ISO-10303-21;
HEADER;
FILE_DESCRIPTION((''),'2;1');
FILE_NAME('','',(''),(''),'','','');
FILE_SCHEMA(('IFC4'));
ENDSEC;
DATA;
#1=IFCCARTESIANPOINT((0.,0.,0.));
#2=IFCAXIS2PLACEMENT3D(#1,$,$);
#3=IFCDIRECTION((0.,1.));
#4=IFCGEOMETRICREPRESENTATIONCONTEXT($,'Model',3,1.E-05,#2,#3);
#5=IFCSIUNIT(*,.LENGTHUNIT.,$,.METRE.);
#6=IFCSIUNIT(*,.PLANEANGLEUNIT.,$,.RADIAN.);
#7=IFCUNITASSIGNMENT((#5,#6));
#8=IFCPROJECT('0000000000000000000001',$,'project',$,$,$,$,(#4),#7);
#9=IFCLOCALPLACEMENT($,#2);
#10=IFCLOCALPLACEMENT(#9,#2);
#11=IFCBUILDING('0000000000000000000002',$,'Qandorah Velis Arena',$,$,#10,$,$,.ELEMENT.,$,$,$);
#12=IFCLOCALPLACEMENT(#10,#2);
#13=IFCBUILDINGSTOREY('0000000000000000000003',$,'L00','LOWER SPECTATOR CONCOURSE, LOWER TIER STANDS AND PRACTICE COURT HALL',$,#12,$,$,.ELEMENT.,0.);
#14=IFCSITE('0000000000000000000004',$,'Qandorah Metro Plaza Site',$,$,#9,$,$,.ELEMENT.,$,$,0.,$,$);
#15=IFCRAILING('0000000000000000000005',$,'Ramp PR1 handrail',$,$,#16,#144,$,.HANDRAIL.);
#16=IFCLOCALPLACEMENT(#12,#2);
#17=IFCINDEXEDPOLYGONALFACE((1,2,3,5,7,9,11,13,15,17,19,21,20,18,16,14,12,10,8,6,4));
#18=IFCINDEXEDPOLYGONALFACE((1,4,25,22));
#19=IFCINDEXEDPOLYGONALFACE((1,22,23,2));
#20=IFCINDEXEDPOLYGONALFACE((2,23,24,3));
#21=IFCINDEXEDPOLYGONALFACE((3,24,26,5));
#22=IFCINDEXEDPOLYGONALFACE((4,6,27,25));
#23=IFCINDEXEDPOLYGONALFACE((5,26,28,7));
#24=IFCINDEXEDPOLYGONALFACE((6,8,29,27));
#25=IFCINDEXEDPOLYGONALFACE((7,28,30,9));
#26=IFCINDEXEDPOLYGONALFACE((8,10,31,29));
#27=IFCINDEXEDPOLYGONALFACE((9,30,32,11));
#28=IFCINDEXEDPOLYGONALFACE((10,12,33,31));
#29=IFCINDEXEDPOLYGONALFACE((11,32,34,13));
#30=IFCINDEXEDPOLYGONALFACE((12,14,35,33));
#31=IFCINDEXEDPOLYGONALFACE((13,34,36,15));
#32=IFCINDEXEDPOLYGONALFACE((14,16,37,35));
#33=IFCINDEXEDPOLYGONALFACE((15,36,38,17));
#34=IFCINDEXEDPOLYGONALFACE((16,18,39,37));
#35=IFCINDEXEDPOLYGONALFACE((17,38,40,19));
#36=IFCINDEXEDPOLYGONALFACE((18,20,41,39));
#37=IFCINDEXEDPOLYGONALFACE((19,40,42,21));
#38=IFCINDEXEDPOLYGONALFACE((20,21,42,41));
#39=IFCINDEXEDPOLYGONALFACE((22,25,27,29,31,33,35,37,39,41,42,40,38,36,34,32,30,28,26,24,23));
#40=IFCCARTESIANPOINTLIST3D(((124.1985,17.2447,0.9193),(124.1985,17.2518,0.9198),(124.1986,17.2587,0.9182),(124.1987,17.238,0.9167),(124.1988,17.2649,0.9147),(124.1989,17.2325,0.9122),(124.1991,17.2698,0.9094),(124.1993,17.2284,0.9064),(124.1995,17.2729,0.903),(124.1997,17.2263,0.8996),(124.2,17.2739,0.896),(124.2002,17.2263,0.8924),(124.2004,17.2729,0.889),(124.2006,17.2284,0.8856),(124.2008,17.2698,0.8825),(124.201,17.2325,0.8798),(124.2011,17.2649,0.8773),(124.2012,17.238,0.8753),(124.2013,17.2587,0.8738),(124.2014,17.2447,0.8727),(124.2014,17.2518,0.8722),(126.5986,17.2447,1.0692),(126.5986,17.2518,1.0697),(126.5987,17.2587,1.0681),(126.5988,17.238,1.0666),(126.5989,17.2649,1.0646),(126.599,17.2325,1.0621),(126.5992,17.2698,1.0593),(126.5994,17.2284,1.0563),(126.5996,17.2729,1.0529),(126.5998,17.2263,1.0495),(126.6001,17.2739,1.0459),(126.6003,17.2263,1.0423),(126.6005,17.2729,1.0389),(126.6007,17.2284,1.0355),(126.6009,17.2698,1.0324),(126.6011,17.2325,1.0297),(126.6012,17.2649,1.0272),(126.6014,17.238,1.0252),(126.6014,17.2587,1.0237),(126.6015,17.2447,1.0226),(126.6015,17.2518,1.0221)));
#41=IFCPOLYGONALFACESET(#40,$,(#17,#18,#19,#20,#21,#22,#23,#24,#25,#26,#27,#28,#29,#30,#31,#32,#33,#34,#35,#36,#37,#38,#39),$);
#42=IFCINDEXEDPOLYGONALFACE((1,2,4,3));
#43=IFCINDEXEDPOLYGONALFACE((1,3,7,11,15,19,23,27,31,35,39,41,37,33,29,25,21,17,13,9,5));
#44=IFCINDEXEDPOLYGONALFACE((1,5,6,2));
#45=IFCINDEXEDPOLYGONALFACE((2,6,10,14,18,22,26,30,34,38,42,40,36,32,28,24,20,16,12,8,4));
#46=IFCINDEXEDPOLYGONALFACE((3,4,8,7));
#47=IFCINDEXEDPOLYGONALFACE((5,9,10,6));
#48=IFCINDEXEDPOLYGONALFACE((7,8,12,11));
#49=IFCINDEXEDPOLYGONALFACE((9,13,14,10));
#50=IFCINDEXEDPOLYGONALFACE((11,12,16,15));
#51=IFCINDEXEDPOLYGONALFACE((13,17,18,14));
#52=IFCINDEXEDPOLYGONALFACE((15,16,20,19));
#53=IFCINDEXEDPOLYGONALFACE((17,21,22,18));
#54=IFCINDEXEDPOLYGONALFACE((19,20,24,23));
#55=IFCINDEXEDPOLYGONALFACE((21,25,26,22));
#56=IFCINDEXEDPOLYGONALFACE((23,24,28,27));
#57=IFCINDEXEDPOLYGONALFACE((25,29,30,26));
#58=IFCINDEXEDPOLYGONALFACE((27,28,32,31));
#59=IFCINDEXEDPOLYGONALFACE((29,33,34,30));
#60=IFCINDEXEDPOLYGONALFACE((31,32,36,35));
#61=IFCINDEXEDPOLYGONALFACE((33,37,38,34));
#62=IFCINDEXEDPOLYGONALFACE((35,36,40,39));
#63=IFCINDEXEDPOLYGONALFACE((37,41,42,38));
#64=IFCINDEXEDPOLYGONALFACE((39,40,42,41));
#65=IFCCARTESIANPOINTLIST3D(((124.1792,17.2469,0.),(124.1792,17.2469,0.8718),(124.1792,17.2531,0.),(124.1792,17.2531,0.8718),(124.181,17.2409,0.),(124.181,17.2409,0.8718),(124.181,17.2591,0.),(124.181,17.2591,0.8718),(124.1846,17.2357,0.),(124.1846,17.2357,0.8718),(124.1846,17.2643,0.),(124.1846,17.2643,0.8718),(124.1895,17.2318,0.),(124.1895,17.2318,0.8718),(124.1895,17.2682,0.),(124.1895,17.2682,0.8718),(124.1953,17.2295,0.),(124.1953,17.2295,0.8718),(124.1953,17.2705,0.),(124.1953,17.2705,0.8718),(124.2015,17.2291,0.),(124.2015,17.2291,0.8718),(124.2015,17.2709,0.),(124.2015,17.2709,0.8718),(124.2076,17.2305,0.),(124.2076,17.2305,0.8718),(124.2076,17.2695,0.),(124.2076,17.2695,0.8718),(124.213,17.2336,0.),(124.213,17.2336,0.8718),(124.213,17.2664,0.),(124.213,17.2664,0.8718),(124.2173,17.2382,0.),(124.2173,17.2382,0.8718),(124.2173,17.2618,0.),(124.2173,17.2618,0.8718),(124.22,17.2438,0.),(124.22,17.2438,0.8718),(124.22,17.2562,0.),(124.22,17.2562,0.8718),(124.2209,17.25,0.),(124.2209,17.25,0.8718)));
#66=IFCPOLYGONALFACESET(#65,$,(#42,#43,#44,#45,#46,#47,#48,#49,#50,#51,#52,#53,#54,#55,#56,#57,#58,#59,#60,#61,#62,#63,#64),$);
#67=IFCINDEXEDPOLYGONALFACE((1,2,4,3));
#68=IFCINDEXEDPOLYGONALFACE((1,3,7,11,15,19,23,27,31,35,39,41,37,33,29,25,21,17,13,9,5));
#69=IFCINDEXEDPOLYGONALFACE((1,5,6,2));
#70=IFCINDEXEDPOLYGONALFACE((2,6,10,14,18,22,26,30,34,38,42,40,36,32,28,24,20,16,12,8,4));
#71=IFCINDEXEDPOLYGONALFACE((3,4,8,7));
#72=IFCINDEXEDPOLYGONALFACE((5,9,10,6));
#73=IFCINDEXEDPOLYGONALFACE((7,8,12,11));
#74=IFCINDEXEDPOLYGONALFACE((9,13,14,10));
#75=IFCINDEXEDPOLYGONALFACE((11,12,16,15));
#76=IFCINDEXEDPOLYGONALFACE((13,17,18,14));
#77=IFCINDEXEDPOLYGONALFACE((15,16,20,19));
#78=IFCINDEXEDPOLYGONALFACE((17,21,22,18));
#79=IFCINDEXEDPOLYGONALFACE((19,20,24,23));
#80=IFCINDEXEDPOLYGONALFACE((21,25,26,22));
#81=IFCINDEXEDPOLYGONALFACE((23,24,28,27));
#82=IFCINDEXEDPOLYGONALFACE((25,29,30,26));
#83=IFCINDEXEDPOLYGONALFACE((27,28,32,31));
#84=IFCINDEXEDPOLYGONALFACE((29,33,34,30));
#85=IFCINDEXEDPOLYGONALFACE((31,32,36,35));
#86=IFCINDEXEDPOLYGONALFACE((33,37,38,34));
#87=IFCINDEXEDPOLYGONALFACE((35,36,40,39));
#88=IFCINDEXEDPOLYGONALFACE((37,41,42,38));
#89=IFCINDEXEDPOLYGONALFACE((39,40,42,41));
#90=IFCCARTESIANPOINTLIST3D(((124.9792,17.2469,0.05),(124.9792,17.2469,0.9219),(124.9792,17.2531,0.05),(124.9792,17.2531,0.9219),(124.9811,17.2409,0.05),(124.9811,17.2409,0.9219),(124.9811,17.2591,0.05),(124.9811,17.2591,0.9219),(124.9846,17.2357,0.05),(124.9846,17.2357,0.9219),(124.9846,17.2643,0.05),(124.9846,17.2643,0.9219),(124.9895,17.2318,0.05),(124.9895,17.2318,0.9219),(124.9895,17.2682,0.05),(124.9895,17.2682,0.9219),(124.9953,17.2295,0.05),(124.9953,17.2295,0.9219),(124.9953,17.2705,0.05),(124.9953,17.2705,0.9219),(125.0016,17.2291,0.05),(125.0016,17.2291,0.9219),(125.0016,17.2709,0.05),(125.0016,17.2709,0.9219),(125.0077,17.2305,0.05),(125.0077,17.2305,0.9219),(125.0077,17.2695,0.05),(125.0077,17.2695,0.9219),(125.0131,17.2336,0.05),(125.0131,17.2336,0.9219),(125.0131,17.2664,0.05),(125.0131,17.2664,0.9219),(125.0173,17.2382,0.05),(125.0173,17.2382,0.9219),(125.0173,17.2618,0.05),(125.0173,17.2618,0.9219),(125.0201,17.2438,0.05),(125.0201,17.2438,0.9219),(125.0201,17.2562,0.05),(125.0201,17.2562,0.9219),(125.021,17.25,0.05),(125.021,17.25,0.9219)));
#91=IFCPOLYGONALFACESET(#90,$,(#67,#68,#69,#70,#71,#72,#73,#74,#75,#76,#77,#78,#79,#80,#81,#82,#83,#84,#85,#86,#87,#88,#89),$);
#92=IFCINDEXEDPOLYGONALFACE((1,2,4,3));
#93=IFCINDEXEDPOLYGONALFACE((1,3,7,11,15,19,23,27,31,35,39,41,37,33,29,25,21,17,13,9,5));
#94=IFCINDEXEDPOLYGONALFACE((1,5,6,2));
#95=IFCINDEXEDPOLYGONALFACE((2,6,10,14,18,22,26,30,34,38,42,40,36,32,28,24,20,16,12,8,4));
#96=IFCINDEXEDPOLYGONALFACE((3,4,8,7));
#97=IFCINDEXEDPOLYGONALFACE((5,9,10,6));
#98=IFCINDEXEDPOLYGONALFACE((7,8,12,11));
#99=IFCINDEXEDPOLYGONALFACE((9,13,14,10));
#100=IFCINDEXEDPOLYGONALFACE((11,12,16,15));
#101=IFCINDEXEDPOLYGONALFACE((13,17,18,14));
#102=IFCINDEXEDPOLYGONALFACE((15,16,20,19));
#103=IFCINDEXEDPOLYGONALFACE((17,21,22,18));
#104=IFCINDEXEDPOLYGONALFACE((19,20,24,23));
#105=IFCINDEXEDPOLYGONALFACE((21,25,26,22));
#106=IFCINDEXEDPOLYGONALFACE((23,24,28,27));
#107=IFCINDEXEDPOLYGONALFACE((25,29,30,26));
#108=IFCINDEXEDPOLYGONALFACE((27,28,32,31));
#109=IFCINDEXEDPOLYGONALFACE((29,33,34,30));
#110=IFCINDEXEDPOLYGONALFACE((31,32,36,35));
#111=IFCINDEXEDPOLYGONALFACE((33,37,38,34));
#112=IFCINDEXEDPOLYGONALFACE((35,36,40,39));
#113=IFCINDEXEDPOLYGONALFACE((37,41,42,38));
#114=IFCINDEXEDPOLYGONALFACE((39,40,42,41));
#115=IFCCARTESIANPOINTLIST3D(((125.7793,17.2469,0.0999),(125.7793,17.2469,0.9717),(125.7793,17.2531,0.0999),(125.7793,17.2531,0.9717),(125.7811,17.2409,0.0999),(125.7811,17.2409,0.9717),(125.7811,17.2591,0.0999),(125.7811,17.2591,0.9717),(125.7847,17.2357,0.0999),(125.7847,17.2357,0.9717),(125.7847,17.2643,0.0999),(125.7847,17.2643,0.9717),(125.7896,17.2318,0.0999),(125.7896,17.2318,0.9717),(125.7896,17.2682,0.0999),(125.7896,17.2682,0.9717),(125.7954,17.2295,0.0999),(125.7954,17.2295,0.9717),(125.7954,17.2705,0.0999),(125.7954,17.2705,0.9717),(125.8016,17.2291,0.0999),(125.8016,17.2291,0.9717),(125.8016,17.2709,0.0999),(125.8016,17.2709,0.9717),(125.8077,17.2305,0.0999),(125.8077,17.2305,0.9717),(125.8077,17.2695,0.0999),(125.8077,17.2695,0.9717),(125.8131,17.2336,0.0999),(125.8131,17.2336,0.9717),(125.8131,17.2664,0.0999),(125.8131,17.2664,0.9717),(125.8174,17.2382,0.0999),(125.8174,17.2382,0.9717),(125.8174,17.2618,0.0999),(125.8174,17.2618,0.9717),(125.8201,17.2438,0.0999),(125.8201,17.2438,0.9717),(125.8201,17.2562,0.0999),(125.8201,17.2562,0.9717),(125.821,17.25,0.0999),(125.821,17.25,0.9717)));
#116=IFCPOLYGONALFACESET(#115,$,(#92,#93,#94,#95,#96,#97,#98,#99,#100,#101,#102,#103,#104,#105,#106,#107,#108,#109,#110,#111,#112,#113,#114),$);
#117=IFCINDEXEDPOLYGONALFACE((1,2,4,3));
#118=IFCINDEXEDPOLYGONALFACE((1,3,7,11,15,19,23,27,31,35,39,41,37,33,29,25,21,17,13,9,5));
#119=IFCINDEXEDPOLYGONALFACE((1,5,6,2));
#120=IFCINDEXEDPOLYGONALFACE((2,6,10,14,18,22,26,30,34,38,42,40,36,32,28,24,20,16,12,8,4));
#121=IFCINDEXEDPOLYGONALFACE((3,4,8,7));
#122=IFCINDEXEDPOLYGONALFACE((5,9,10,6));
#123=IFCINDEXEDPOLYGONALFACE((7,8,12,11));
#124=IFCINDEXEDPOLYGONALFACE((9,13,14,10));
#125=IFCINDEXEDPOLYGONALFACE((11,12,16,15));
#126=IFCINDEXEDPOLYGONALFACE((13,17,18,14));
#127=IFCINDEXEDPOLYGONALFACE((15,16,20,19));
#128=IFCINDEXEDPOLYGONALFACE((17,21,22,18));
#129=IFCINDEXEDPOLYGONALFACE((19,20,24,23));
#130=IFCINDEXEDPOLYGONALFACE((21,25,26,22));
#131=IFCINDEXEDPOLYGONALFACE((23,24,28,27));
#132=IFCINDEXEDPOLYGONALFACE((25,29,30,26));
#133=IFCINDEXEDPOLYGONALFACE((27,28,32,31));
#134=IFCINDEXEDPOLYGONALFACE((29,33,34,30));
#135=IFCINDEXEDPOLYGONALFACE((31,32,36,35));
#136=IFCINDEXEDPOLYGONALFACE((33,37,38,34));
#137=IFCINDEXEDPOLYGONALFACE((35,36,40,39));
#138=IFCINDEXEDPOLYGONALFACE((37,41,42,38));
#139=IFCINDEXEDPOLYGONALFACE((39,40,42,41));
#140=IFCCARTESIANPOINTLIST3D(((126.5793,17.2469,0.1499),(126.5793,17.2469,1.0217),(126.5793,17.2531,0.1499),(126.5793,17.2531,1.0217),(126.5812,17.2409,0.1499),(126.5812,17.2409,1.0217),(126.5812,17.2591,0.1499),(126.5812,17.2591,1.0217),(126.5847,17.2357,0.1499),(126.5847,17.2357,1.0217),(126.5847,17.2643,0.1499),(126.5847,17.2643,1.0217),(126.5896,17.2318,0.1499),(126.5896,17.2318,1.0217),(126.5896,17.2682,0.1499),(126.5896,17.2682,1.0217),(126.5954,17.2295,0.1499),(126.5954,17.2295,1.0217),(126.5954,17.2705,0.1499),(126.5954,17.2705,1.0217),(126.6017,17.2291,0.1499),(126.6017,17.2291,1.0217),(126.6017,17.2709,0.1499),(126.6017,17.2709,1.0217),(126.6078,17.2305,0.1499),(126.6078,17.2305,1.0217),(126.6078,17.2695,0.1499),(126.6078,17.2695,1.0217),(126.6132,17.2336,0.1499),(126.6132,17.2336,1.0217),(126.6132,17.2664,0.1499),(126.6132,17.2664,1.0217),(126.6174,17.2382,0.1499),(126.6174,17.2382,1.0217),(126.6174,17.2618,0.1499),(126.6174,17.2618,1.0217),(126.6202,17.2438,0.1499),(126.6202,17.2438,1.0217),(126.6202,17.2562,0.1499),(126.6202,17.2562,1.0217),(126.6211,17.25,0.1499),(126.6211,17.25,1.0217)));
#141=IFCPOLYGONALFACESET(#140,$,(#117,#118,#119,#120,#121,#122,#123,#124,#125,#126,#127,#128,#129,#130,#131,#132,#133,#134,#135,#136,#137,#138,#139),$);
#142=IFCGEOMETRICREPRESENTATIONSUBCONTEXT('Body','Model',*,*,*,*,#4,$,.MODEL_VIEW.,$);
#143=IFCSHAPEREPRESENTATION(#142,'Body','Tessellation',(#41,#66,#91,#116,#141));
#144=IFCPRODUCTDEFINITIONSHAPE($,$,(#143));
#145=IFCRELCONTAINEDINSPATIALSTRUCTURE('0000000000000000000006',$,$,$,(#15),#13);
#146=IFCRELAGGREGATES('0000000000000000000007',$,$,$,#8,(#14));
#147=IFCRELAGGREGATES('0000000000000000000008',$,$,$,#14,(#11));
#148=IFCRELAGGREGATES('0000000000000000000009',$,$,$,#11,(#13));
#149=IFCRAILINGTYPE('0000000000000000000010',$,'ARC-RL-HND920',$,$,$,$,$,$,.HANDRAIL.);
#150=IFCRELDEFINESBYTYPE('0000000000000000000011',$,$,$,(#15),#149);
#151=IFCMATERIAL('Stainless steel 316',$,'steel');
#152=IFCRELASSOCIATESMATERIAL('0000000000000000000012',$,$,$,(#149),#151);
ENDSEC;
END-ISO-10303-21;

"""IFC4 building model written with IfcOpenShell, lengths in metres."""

from ifc_helpers import new_model, si_unit, direction, frame, origin, origin_2d, place, context, subcontext, project, spatial, circle, extrude, material, type_object, element, save


model = new_model("IFC4")

# Units and contexts
model_context = context("Model", 3, precision=1e-05, world=origin(), true_north=direction((0.0, 1.0)))
body_context = subcontext(model_context, "Body", "Model", "MODEL_VIEW")
ifc_project = project(units=[si_unit("LENGTHUNIT", "METRE"), si_unit("PLANEANGLEUNIT", "RADIAN")], contexts=[model_context])

# Site, building, storey
site_placement = place(None, origin())
site = spatial("IfcSite", under=ifc_project, at=site_placement, Name="Qandorah Metro Plaza Site", CompositionType="ELEMENT", RefElevation=0.0)
building_placement = place(site_placement, origin())
building = spatial("IfcBuilding", under=site, at=building_placement, Name="Qandorah Velis Arena", CompositionType="ELEMENT")
storey_placement = place(building_placement, origin())
storey = spatial("IfcBuildingStorey", under=building, at=storey_placement, Name="L00", Description="LOWER SPECTATOR CONCOURSE, LOWER TIER STANDS AND PRACTICE COURT HALL", CompositionType="ELEMENT", Elevation=0.0)

# Railing
ifc_material_1 = material(Name="Stainless steel 316", Category="steel")
railing_type_1 = type_object("IfcRailingType", Name="ARC-RL-HND920", PredefinedType="HANDRAIL", material=ifc_material_1)
railing_1_placement = place(storey_placement, frame((124.2, 17.25, 0.0)))
element("IfcRailing", 1, at=railing_1_placement, inside=storey, type_object=railing_type_1, Name="Ramp PR1 handrail", PredefinedType="HANDRAIL", context=body_context, shape_type="SweptSolid", body=[
    extrude(circle(Radius=0.0239, at=origin_2d()), frame((0.0, 0.0, 0.896), z_axis=(0.998055, 0.0, 0.062334), x_axis=(0.0, 1.0, 0.0)), (0.0, 0.0, 1.0), 2.4048),
    extrude(circle(Radius=0.021, at=origin_2d()), origin(), (0.0, 0.0, 1.0), 0.8718),
    extrude(circle(Radius=0.021, at=origin_2d()), frame((0.8, 0.0, 0.05)), (0.0, 0.0, 1.0), 0.8718),
    extrude(circle(Radius=0.021, at=origin_2d()), frame((1.6001, 0.0, 0.0999)), (0.0, 0.0, 1.0), 0.8718),
    extrude(circle(Radius=0.021, at=origin_2d()), frame((2.4001, 0.0, 0.1499)), (0.0, 0.0, 1.0), 0.8718),
])

save(model, "model.ifc")
